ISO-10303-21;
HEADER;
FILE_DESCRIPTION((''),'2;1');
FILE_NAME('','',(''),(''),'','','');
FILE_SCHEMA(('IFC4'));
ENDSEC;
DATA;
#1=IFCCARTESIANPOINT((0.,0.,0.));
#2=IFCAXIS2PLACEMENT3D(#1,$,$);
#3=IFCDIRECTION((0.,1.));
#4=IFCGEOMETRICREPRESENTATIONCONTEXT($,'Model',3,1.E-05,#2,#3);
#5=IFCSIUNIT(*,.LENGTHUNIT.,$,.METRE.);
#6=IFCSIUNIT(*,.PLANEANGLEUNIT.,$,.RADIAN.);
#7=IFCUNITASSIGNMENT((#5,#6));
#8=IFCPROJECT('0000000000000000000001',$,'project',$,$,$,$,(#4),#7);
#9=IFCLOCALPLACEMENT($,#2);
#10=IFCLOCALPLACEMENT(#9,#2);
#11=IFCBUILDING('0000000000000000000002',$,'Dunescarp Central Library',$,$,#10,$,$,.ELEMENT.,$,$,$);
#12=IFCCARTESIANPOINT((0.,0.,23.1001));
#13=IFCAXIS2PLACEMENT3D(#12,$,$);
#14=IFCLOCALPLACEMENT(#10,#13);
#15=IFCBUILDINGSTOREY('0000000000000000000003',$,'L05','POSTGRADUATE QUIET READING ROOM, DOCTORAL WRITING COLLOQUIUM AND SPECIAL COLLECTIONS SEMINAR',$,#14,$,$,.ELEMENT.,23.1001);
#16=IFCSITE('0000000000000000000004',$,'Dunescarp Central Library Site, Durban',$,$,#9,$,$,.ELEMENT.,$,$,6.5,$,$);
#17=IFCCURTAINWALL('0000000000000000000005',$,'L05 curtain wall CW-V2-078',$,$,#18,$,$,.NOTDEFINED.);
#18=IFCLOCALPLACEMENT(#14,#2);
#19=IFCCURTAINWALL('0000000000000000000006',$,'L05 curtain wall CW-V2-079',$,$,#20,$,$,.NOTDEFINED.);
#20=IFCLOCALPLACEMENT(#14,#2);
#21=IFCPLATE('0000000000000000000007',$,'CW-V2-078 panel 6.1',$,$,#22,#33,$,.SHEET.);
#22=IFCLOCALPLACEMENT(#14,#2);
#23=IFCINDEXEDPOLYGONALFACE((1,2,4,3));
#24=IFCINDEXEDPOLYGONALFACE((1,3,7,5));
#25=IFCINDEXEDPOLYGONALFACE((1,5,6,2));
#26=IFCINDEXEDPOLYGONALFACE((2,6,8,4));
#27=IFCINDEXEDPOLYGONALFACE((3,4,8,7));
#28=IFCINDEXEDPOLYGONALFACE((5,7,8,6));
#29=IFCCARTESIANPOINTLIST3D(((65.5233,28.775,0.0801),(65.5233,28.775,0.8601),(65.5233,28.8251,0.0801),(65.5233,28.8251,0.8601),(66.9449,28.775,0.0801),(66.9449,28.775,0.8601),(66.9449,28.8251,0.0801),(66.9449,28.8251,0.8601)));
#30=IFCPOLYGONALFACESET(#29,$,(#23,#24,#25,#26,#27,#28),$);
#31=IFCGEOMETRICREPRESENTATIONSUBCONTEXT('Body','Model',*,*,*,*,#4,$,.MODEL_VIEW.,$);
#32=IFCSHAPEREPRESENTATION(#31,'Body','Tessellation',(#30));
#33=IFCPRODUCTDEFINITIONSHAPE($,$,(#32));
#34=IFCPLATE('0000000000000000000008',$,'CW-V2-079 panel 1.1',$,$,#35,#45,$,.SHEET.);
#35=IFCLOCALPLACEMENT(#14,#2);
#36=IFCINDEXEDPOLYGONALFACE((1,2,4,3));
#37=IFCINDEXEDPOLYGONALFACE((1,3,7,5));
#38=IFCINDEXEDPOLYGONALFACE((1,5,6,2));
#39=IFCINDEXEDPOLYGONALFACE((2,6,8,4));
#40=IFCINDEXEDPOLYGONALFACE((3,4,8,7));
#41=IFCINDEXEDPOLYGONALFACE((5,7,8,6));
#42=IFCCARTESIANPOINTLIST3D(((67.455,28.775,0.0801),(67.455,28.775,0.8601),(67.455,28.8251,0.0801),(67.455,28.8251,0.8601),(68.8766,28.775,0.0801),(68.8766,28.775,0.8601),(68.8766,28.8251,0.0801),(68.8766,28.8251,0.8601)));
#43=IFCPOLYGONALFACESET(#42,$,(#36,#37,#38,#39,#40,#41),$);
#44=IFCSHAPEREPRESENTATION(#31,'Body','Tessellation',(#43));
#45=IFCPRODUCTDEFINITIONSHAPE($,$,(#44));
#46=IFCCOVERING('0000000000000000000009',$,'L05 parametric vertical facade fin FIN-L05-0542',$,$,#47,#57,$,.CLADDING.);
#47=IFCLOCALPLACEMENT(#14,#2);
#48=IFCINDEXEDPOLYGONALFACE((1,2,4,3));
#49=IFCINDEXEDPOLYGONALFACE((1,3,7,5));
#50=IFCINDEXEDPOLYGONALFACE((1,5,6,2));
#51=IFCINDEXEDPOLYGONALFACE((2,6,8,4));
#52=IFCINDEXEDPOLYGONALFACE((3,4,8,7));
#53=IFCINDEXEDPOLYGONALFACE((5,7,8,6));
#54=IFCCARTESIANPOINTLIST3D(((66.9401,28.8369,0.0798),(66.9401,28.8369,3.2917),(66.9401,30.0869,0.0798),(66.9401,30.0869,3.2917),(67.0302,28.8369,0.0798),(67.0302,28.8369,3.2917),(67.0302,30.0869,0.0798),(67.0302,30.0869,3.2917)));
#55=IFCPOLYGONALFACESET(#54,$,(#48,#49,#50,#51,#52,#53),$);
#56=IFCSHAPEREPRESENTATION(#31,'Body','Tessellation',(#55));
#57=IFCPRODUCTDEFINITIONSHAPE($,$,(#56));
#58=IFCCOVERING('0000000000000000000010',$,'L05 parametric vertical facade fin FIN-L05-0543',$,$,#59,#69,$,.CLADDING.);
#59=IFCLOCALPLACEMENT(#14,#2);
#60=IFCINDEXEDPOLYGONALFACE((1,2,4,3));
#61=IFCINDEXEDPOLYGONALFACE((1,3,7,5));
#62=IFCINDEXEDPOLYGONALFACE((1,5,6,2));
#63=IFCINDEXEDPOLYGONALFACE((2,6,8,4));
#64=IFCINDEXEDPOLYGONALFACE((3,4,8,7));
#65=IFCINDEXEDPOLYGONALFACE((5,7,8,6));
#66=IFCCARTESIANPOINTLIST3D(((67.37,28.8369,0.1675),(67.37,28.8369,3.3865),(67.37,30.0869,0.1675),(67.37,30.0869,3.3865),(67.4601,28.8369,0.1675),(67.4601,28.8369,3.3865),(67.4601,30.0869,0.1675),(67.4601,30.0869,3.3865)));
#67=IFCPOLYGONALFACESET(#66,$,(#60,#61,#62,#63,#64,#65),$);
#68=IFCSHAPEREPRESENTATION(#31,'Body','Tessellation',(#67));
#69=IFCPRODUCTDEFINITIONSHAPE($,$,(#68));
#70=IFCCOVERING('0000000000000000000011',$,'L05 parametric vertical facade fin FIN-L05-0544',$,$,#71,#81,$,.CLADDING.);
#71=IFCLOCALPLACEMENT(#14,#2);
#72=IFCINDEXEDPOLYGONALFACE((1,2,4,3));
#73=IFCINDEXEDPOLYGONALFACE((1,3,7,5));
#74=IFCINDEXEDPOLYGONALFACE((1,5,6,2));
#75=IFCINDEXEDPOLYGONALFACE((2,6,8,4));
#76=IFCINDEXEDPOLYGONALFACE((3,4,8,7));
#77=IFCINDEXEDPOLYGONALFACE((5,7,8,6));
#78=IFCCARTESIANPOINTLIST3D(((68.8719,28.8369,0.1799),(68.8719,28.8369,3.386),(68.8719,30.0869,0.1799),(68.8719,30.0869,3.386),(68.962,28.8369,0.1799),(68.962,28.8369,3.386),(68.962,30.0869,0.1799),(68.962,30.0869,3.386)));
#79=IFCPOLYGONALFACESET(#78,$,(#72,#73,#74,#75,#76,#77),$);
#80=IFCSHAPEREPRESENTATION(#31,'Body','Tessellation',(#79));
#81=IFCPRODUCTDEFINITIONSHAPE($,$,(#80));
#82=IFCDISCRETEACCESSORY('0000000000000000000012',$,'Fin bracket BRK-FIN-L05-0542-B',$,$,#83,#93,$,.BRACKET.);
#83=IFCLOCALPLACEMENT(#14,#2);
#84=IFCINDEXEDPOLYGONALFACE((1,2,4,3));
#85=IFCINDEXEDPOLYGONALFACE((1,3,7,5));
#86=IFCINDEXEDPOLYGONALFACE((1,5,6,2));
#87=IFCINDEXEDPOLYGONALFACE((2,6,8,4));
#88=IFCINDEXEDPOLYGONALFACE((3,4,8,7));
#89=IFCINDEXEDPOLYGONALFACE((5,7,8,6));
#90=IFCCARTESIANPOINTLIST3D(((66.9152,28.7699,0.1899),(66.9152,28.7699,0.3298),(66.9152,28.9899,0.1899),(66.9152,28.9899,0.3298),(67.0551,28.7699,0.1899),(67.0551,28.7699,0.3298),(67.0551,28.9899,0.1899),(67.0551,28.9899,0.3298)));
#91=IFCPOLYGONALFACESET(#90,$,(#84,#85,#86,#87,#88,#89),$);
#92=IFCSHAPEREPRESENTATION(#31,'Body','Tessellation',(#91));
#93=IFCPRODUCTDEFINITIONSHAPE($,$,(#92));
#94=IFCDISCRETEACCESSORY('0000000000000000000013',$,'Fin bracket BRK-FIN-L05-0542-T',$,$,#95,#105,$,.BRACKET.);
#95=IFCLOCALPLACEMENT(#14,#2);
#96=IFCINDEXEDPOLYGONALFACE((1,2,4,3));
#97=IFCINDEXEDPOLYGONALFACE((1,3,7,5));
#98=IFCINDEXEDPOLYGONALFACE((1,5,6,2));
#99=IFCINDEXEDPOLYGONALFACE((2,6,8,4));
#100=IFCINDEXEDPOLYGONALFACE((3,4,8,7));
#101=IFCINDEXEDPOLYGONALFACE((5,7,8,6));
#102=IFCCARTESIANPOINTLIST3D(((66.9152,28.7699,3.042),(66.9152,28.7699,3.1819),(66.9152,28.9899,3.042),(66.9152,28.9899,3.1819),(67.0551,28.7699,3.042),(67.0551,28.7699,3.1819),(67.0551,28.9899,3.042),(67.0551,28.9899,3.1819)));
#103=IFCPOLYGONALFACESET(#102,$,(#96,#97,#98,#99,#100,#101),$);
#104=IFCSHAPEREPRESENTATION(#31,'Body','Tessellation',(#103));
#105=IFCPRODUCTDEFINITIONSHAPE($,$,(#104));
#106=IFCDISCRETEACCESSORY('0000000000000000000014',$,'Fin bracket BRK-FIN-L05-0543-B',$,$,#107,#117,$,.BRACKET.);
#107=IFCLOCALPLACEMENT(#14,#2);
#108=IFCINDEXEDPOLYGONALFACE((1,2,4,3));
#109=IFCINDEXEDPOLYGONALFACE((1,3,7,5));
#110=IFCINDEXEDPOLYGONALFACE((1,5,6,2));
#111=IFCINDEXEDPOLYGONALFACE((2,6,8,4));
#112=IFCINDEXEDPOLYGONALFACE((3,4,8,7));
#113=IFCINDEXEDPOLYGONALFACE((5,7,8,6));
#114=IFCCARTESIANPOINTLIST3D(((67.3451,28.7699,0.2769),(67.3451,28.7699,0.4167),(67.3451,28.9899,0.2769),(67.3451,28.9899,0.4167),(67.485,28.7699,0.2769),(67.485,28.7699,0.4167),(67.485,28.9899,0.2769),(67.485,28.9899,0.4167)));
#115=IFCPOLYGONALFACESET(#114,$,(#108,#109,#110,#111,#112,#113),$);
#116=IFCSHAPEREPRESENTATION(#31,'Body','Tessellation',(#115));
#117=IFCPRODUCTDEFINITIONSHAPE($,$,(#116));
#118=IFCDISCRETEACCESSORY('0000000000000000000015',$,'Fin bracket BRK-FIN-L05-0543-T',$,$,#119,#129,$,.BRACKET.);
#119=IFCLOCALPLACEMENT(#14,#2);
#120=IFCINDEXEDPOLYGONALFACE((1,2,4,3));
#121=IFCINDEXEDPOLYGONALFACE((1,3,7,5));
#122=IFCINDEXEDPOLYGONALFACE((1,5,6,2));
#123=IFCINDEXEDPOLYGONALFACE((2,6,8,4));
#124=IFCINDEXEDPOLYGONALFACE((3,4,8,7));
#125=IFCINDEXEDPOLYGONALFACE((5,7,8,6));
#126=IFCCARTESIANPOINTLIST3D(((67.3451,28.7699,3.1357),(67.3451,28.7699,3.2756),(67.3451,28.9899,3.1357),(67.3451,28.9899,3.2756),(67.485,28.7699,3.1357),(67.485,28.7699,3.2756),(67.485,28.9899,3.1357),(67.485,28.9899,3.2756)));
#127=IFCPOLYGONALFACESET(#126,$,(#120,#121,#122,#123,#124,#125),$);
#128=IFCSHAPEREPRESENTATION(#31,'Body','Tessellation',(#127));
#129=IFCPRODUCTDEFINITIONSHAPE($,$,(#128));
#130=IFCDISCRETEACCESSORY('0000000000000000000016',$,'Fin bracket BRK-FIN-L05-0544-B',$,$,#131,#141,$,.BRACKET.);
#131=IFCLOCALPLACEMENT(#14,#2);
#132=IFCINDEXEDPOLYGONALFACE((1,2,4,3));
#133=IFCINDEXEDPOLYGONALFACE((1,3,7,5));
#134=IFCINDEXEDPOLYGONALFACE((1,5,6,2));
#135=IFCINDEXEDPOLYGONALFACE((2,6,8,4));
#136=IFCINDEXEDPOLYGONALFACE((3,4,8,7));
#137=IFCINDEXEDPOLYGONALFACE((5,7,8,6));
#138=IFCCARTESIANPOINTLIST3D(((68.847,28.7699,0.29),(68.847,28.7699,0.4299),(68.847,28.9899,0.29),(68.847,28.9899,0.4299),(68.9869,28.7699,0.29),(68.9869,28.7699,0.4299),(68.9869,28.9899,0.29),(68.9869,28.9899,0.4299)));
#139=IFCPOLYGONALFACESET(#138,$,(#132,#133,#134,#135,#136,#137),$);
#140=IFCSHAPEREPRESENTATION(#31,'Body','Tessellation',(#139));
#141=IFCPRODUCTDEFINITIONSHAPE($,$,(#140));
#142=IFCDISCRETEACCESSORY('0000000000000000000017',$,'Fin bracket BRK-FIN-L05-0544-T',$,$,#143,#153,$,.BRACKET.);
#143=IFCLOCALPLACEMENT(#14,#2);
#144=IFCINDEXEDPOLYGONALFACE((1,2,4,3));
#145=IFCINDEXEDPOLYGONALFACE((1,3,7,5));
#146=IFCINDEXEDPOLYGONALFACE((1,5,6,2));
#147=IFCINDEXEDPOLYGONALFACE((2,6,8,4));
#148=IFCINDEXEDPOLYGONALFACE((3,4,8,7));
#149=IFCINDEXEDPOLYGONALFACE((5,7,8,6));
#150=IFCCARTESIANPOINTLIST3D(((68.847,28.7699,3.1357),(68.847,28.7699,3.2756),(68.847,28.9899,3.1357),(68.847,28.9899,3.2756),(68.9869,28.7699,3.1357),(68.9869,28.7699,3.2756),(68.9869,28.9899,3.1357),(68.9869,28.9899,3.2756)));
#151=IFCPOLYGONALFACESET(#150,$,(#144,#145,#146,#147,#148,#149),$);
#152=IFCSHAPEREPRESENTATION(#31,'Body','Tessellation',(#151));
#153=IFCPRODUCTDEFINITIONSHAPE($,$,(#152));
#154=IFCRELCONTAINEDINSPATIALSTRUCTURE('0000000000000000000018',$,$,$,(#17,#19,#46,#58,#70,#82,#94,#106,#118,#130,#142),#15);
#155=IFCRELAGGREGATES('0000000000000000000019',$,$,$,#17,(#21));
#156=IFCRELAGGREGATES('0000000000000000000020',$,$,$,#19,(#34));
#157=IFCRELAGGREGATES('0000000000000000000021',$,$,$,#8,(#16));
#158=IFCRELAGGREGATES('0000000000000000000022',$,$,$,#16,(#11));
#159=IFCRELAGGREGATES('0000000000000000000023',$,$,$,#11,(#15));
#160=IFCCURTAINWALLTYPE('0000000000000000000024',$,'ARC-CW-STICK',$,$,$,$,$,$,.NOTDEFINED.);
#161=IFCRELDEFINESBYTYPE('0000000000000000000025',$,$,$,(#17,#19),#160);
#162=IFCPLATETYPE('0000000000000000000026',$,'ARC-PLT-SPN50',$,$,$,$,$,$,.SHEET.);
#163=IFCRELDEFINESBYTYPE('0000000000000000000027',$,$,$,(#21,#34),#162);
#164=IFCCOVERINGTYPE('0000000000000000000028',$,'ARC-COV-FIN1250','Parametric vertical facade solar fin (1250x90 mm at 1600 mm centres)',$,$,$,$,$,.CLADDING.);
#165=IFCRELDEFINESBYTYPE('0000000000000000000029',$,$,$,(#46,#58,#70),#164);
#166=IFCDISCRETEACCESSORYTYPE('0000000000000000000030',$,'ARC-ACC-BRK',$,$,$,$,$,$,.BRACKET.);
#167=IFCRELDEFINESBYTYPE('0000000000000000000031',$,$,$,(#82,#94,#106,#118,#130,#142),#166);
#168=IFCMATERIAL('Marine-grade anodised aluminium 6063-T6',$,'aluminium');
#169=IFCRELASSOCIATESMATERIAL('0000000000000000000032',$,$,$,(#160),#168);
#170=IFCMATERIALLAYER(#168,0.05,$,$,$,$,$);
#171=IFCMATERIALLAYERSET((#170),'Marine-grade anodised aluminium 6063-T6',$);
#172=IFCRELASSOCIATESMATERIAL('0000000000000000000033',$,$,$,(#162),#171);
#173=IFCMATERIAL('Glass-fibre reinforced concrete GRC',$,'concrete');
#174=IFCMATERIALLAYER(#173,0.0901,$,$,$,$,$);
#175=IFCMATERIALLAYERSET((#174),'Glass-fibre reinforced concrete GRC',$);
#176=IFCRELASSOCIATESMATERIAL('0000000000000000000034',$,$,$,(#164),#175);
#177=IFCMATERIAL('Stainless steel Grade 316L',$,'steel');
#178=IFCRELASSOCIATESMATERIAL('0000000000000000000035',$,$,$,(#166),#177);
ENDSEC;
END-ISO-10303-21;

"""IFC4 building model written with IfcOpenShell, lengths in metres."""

from ifc_helpers import new_model, si_unit, direction, frame, origin, origin_2d, place, context, subcontext, project, spatial, rectangle, extrude, material, layer, layer_set, type_object, element, aggregate, save


model = new_model("IFC4")

# Units and contexts
model_context = context("Model", 3, precision=1e-05, world=origin(), true_north=direction((0.0, 1.0)))
body_context = subcontext(model_context, "Body", "Model", "MODEL_VIEW")
ifc_project = project(units=[si_unit("LENGTHUNIT", "METRE"), si_unit("PLANEANGLEUNIT", "RADIAN")], contexts=[model_context])

# Site, building, storey
site_placement = place(None, origin())
site = spatial("IfcSite", under=ifc_project, at=site_placement, Name="Dunescarp Central Library Site, Durban", CompositionType="ELEMENT", RefElevation=6.5)
building_placement = place(site_placement, origin())
building = spatial("IfcBuilding", under=site, at=building_placement, Name="Dunescarp Central Library", CompositionType="ELEMENT")
storey_placement = place(building_placement, frame((0.0, 0.0, 23.1001)))
storey = spatial("IfcBuildingStorey", under=building, at=storey_placement, Name="L05", Description="POSTGRADUATE QUIET READING ROOM, DOCTORAL WRITING COLLOQUIUM AND SPECIAL COLLECTIONS SEMINAR", CompositionType="ELEMENT", Elevation=23.1001)

# Curtain wall
ifc_material_1 = material(Name="Marine-grade anodised aluminium 6063-T6", Category="aluminium")
curtain_wall_type = type_object("IfcCurtainWallType", Name="ARC-CW-STICK", PredefinedType="NOTDEFINED", material=ifc_material_1)
curtain_wall_1_placement = place(storey_placement, origin())
curtain_wall_1 = element("IfcCurtainWall", 1, at=curtain_wall_1_placement, inside=storey, type_object=curtain_wall_type, Name="L05 curtain wall CW-V2-078", PredefinedType="NOTDEFINED")

# Curtain wall
curtain_wall_2_placement = place(storey_placement, origin())
curtain_wall_2 = element("IfcCurtainWall", 2, at=curtain_wall_2_placement, inside=storey, type_object=curtain_wall_type, Name="L05 curtain wall CW-V2-079", PredefinedType="NOTDEFINED")

# Plates
ifc_layer_1 = layer(ifc_material_1, 0.05)
ifc_layer_set_1 = layer_set([ifc_layer_1], Name="Marine-grade anodised aluminium 6063-T6")
plate_type_1 = type_object("IfcPlateType", Name="ARC-PLT-SPN50", PredefinedType="SHEET", material=ifc_layer_set_1)
plate_1_placement = place(storey_placement, frame((66.2341, 28.8, 0.0801), z_axis=(0.0, 0.0, 1.0), x_axis=(1.0, 0.0, 0.0)))
plate_1 = element("IfcPlate", 3, at=plate_1_placement, type_object=plate_type_1, Name="CW-V2-078 panel 6.1", PredefinedType="SHEET", context=body_context, shape_type="SweptSolid", body=[
    extrude(rectangle(XDim=1.4216, YDim=0.05, at=origin_2d()), origin(), (0.0, 0.0, 1.0), 0.78),
])
aggregate(curtain_wall_1, [plate_1])
plate_2_placement = place(storey_placement, frame((68.1658, 28.8, 0.0801), z_axis=(0.0, 0.0, 1.0), x_axis=(1.0, 0.0, 0.0)))
plate_2 = element("IfcPlate", 4, at=plate_2_placement, type_object=plate_type_1, Name="CW-V2-079 panel 1.1", PredefinedType="SHEET", context=body_context, shape_type="SweptSolid", body=[
    extrude(rectangle(XDim=1.4216, YDim=0.05, at=origin_2d()), origin(), (0.0, 0.0, 1.0), 0.78),
])
aggregate(curtain_wall_2, [plate_2])

# Coverings
ifc_material_2 = material(Name="Glass-fibre reinforced concrete GRC", Category="concrete")
ifc_layer_2 = layer(ifc_material_2, 0.0901)
ifc_layer_set_2 = layer_set([ifc_layer_2], Name="Glass-fibre reinforced concrete GRC")
covering_type = type_object("IfcCoveringType", Name="ARC-COV-FIN1250", Description="Parametric vertical facade solar fin (1250x90 mm at 1600 mm centres)", PredefinedType="CLADDING", material=ifc_layer_set_2)
covering_1_placement = place(storey_placement, frame((66.9851, 29.4619, 0.0798), z_axis=(0.0, 0.0, 1.0), x_axis=(0.0, 1.0, 0.0)))
element("IfcCovering", 5, at=covering_1_placement, inside=storey, type_object=covering_type, Name="L05 parametric vertical facade fin FIN-L05-0542", PredefinedType="CLADDING", context=body_context, shape_type="SweptSolid", body=[
    extrude(rectangle(XDim=1.25, YDim=0.0901, at=origin_2d()), origin(), (0.0, 0.0, 1.0), 3.2119),
])
covering_2_placement = place(storey_placement, frame((67.415, 29.4619, 0.1675), z_axis=(0.0, 0.0, 1.0), x_axis=(0.0, 1.0, 0.0)))
element("IfcCovering", 6, at=covering_2_placement, inside=storey, type_object=covering_type, Name="L05 parametric vertical facade fin FIN-L05-0543", PredefinedType="CLADDING", context=body_context, shape_type="SweptSolid", body=[
    extrude(rectangle(XDim=1.25, YDim=0.0901, at=origin_2d()), origin(), (0.0, 0.0, 1.0), 3.219),
])
covering_3_placement = place(storey_placement, frame((68.917, 29.4619, 0.1799), z_axis=(0.0, 0.0, 1.0), x_axis=(0.0, 1.0, 0.0)))
element("IfcCovering", 7, at=covering_3_placement, inside=storey, type_object=covering_type, Name="L05 parametric vertical facade fin FIN-L05-0544", PredefinedType="CLADDING", context=body_context, shape_type="SweptSolid", body=[
    extrude(rectangle(XDim=1.25, YDim=0.0901, at=origin_2d()), origin(), (0.0, 0.0, 1.0), 3.2061),
])

# Discrete accessories
ifc_material_3 = material(Name="Stainless steel Grade 316L", Category="steel")
discrete_accessory_type = type_object("IfcDiscreteAccessoryType", Name="ARC-ACC-BRK", PredefinedType="BRACKET", material=ifc_material_3)
for number, where, z_axis, x_axis, name in (
    (8, (66.9851, 28.8799, 0.1899), (0.0, 0.0, 1.0), (0.0, 1.0, 0.0), "Fin bracket BRK-FIN-L05-0542-B"),
    (9, (66.9851, 28.8799, 3.042), (0.0, 0.0, 1.0), (0.0, 1.0, 0.0), "Fin bracket BRK-FIN-L05-0542-T"),
    (10, (67.415, 28.8799, 0.2769), (0.0, 0.0, 1.0), (0.0, 1.0, 0.0), "Fin bracket BRK-FIN-L05-0543-B"),
    (11, (67.415, 28.8799, 3.1357), (0.0, 0.0, 1.0), (0.0, 1.0, 0.0), "Fin bracket BRK-FIN-L05-0543-T"),
    (12, (68.917, 28.8799, 0.29), (0.0, 0.0, 1.0), (0.0, 1.0, 0.0), "Fin bracket BRK-FIN-L05-0544-B"),
    (13, (68.917, 28.8799, 3.1357), (0.0, 0.0, 1.0), (0.0, 1.0, 0.0), "Fin bracket BRK-FIN-L05-0544-T"),
):
    element("IfcDiscreteAccessory", number, at=place(storey_placement, frame(where, z_axis=z_axis, x_axis=x_axis)), inside=storey, type_object=discrete_accessory_type, Name=name, PredefinedType="BRACKET", context=body_context, shape_type="SweptSolid", body=[
        extrude(rectangle(XDim=0.22, YDim=0.1399, at=origin_2d()), origin(), (0.0, 0.0, 1.0), 0.1399),
    ])

save(model, "model.ifc")
